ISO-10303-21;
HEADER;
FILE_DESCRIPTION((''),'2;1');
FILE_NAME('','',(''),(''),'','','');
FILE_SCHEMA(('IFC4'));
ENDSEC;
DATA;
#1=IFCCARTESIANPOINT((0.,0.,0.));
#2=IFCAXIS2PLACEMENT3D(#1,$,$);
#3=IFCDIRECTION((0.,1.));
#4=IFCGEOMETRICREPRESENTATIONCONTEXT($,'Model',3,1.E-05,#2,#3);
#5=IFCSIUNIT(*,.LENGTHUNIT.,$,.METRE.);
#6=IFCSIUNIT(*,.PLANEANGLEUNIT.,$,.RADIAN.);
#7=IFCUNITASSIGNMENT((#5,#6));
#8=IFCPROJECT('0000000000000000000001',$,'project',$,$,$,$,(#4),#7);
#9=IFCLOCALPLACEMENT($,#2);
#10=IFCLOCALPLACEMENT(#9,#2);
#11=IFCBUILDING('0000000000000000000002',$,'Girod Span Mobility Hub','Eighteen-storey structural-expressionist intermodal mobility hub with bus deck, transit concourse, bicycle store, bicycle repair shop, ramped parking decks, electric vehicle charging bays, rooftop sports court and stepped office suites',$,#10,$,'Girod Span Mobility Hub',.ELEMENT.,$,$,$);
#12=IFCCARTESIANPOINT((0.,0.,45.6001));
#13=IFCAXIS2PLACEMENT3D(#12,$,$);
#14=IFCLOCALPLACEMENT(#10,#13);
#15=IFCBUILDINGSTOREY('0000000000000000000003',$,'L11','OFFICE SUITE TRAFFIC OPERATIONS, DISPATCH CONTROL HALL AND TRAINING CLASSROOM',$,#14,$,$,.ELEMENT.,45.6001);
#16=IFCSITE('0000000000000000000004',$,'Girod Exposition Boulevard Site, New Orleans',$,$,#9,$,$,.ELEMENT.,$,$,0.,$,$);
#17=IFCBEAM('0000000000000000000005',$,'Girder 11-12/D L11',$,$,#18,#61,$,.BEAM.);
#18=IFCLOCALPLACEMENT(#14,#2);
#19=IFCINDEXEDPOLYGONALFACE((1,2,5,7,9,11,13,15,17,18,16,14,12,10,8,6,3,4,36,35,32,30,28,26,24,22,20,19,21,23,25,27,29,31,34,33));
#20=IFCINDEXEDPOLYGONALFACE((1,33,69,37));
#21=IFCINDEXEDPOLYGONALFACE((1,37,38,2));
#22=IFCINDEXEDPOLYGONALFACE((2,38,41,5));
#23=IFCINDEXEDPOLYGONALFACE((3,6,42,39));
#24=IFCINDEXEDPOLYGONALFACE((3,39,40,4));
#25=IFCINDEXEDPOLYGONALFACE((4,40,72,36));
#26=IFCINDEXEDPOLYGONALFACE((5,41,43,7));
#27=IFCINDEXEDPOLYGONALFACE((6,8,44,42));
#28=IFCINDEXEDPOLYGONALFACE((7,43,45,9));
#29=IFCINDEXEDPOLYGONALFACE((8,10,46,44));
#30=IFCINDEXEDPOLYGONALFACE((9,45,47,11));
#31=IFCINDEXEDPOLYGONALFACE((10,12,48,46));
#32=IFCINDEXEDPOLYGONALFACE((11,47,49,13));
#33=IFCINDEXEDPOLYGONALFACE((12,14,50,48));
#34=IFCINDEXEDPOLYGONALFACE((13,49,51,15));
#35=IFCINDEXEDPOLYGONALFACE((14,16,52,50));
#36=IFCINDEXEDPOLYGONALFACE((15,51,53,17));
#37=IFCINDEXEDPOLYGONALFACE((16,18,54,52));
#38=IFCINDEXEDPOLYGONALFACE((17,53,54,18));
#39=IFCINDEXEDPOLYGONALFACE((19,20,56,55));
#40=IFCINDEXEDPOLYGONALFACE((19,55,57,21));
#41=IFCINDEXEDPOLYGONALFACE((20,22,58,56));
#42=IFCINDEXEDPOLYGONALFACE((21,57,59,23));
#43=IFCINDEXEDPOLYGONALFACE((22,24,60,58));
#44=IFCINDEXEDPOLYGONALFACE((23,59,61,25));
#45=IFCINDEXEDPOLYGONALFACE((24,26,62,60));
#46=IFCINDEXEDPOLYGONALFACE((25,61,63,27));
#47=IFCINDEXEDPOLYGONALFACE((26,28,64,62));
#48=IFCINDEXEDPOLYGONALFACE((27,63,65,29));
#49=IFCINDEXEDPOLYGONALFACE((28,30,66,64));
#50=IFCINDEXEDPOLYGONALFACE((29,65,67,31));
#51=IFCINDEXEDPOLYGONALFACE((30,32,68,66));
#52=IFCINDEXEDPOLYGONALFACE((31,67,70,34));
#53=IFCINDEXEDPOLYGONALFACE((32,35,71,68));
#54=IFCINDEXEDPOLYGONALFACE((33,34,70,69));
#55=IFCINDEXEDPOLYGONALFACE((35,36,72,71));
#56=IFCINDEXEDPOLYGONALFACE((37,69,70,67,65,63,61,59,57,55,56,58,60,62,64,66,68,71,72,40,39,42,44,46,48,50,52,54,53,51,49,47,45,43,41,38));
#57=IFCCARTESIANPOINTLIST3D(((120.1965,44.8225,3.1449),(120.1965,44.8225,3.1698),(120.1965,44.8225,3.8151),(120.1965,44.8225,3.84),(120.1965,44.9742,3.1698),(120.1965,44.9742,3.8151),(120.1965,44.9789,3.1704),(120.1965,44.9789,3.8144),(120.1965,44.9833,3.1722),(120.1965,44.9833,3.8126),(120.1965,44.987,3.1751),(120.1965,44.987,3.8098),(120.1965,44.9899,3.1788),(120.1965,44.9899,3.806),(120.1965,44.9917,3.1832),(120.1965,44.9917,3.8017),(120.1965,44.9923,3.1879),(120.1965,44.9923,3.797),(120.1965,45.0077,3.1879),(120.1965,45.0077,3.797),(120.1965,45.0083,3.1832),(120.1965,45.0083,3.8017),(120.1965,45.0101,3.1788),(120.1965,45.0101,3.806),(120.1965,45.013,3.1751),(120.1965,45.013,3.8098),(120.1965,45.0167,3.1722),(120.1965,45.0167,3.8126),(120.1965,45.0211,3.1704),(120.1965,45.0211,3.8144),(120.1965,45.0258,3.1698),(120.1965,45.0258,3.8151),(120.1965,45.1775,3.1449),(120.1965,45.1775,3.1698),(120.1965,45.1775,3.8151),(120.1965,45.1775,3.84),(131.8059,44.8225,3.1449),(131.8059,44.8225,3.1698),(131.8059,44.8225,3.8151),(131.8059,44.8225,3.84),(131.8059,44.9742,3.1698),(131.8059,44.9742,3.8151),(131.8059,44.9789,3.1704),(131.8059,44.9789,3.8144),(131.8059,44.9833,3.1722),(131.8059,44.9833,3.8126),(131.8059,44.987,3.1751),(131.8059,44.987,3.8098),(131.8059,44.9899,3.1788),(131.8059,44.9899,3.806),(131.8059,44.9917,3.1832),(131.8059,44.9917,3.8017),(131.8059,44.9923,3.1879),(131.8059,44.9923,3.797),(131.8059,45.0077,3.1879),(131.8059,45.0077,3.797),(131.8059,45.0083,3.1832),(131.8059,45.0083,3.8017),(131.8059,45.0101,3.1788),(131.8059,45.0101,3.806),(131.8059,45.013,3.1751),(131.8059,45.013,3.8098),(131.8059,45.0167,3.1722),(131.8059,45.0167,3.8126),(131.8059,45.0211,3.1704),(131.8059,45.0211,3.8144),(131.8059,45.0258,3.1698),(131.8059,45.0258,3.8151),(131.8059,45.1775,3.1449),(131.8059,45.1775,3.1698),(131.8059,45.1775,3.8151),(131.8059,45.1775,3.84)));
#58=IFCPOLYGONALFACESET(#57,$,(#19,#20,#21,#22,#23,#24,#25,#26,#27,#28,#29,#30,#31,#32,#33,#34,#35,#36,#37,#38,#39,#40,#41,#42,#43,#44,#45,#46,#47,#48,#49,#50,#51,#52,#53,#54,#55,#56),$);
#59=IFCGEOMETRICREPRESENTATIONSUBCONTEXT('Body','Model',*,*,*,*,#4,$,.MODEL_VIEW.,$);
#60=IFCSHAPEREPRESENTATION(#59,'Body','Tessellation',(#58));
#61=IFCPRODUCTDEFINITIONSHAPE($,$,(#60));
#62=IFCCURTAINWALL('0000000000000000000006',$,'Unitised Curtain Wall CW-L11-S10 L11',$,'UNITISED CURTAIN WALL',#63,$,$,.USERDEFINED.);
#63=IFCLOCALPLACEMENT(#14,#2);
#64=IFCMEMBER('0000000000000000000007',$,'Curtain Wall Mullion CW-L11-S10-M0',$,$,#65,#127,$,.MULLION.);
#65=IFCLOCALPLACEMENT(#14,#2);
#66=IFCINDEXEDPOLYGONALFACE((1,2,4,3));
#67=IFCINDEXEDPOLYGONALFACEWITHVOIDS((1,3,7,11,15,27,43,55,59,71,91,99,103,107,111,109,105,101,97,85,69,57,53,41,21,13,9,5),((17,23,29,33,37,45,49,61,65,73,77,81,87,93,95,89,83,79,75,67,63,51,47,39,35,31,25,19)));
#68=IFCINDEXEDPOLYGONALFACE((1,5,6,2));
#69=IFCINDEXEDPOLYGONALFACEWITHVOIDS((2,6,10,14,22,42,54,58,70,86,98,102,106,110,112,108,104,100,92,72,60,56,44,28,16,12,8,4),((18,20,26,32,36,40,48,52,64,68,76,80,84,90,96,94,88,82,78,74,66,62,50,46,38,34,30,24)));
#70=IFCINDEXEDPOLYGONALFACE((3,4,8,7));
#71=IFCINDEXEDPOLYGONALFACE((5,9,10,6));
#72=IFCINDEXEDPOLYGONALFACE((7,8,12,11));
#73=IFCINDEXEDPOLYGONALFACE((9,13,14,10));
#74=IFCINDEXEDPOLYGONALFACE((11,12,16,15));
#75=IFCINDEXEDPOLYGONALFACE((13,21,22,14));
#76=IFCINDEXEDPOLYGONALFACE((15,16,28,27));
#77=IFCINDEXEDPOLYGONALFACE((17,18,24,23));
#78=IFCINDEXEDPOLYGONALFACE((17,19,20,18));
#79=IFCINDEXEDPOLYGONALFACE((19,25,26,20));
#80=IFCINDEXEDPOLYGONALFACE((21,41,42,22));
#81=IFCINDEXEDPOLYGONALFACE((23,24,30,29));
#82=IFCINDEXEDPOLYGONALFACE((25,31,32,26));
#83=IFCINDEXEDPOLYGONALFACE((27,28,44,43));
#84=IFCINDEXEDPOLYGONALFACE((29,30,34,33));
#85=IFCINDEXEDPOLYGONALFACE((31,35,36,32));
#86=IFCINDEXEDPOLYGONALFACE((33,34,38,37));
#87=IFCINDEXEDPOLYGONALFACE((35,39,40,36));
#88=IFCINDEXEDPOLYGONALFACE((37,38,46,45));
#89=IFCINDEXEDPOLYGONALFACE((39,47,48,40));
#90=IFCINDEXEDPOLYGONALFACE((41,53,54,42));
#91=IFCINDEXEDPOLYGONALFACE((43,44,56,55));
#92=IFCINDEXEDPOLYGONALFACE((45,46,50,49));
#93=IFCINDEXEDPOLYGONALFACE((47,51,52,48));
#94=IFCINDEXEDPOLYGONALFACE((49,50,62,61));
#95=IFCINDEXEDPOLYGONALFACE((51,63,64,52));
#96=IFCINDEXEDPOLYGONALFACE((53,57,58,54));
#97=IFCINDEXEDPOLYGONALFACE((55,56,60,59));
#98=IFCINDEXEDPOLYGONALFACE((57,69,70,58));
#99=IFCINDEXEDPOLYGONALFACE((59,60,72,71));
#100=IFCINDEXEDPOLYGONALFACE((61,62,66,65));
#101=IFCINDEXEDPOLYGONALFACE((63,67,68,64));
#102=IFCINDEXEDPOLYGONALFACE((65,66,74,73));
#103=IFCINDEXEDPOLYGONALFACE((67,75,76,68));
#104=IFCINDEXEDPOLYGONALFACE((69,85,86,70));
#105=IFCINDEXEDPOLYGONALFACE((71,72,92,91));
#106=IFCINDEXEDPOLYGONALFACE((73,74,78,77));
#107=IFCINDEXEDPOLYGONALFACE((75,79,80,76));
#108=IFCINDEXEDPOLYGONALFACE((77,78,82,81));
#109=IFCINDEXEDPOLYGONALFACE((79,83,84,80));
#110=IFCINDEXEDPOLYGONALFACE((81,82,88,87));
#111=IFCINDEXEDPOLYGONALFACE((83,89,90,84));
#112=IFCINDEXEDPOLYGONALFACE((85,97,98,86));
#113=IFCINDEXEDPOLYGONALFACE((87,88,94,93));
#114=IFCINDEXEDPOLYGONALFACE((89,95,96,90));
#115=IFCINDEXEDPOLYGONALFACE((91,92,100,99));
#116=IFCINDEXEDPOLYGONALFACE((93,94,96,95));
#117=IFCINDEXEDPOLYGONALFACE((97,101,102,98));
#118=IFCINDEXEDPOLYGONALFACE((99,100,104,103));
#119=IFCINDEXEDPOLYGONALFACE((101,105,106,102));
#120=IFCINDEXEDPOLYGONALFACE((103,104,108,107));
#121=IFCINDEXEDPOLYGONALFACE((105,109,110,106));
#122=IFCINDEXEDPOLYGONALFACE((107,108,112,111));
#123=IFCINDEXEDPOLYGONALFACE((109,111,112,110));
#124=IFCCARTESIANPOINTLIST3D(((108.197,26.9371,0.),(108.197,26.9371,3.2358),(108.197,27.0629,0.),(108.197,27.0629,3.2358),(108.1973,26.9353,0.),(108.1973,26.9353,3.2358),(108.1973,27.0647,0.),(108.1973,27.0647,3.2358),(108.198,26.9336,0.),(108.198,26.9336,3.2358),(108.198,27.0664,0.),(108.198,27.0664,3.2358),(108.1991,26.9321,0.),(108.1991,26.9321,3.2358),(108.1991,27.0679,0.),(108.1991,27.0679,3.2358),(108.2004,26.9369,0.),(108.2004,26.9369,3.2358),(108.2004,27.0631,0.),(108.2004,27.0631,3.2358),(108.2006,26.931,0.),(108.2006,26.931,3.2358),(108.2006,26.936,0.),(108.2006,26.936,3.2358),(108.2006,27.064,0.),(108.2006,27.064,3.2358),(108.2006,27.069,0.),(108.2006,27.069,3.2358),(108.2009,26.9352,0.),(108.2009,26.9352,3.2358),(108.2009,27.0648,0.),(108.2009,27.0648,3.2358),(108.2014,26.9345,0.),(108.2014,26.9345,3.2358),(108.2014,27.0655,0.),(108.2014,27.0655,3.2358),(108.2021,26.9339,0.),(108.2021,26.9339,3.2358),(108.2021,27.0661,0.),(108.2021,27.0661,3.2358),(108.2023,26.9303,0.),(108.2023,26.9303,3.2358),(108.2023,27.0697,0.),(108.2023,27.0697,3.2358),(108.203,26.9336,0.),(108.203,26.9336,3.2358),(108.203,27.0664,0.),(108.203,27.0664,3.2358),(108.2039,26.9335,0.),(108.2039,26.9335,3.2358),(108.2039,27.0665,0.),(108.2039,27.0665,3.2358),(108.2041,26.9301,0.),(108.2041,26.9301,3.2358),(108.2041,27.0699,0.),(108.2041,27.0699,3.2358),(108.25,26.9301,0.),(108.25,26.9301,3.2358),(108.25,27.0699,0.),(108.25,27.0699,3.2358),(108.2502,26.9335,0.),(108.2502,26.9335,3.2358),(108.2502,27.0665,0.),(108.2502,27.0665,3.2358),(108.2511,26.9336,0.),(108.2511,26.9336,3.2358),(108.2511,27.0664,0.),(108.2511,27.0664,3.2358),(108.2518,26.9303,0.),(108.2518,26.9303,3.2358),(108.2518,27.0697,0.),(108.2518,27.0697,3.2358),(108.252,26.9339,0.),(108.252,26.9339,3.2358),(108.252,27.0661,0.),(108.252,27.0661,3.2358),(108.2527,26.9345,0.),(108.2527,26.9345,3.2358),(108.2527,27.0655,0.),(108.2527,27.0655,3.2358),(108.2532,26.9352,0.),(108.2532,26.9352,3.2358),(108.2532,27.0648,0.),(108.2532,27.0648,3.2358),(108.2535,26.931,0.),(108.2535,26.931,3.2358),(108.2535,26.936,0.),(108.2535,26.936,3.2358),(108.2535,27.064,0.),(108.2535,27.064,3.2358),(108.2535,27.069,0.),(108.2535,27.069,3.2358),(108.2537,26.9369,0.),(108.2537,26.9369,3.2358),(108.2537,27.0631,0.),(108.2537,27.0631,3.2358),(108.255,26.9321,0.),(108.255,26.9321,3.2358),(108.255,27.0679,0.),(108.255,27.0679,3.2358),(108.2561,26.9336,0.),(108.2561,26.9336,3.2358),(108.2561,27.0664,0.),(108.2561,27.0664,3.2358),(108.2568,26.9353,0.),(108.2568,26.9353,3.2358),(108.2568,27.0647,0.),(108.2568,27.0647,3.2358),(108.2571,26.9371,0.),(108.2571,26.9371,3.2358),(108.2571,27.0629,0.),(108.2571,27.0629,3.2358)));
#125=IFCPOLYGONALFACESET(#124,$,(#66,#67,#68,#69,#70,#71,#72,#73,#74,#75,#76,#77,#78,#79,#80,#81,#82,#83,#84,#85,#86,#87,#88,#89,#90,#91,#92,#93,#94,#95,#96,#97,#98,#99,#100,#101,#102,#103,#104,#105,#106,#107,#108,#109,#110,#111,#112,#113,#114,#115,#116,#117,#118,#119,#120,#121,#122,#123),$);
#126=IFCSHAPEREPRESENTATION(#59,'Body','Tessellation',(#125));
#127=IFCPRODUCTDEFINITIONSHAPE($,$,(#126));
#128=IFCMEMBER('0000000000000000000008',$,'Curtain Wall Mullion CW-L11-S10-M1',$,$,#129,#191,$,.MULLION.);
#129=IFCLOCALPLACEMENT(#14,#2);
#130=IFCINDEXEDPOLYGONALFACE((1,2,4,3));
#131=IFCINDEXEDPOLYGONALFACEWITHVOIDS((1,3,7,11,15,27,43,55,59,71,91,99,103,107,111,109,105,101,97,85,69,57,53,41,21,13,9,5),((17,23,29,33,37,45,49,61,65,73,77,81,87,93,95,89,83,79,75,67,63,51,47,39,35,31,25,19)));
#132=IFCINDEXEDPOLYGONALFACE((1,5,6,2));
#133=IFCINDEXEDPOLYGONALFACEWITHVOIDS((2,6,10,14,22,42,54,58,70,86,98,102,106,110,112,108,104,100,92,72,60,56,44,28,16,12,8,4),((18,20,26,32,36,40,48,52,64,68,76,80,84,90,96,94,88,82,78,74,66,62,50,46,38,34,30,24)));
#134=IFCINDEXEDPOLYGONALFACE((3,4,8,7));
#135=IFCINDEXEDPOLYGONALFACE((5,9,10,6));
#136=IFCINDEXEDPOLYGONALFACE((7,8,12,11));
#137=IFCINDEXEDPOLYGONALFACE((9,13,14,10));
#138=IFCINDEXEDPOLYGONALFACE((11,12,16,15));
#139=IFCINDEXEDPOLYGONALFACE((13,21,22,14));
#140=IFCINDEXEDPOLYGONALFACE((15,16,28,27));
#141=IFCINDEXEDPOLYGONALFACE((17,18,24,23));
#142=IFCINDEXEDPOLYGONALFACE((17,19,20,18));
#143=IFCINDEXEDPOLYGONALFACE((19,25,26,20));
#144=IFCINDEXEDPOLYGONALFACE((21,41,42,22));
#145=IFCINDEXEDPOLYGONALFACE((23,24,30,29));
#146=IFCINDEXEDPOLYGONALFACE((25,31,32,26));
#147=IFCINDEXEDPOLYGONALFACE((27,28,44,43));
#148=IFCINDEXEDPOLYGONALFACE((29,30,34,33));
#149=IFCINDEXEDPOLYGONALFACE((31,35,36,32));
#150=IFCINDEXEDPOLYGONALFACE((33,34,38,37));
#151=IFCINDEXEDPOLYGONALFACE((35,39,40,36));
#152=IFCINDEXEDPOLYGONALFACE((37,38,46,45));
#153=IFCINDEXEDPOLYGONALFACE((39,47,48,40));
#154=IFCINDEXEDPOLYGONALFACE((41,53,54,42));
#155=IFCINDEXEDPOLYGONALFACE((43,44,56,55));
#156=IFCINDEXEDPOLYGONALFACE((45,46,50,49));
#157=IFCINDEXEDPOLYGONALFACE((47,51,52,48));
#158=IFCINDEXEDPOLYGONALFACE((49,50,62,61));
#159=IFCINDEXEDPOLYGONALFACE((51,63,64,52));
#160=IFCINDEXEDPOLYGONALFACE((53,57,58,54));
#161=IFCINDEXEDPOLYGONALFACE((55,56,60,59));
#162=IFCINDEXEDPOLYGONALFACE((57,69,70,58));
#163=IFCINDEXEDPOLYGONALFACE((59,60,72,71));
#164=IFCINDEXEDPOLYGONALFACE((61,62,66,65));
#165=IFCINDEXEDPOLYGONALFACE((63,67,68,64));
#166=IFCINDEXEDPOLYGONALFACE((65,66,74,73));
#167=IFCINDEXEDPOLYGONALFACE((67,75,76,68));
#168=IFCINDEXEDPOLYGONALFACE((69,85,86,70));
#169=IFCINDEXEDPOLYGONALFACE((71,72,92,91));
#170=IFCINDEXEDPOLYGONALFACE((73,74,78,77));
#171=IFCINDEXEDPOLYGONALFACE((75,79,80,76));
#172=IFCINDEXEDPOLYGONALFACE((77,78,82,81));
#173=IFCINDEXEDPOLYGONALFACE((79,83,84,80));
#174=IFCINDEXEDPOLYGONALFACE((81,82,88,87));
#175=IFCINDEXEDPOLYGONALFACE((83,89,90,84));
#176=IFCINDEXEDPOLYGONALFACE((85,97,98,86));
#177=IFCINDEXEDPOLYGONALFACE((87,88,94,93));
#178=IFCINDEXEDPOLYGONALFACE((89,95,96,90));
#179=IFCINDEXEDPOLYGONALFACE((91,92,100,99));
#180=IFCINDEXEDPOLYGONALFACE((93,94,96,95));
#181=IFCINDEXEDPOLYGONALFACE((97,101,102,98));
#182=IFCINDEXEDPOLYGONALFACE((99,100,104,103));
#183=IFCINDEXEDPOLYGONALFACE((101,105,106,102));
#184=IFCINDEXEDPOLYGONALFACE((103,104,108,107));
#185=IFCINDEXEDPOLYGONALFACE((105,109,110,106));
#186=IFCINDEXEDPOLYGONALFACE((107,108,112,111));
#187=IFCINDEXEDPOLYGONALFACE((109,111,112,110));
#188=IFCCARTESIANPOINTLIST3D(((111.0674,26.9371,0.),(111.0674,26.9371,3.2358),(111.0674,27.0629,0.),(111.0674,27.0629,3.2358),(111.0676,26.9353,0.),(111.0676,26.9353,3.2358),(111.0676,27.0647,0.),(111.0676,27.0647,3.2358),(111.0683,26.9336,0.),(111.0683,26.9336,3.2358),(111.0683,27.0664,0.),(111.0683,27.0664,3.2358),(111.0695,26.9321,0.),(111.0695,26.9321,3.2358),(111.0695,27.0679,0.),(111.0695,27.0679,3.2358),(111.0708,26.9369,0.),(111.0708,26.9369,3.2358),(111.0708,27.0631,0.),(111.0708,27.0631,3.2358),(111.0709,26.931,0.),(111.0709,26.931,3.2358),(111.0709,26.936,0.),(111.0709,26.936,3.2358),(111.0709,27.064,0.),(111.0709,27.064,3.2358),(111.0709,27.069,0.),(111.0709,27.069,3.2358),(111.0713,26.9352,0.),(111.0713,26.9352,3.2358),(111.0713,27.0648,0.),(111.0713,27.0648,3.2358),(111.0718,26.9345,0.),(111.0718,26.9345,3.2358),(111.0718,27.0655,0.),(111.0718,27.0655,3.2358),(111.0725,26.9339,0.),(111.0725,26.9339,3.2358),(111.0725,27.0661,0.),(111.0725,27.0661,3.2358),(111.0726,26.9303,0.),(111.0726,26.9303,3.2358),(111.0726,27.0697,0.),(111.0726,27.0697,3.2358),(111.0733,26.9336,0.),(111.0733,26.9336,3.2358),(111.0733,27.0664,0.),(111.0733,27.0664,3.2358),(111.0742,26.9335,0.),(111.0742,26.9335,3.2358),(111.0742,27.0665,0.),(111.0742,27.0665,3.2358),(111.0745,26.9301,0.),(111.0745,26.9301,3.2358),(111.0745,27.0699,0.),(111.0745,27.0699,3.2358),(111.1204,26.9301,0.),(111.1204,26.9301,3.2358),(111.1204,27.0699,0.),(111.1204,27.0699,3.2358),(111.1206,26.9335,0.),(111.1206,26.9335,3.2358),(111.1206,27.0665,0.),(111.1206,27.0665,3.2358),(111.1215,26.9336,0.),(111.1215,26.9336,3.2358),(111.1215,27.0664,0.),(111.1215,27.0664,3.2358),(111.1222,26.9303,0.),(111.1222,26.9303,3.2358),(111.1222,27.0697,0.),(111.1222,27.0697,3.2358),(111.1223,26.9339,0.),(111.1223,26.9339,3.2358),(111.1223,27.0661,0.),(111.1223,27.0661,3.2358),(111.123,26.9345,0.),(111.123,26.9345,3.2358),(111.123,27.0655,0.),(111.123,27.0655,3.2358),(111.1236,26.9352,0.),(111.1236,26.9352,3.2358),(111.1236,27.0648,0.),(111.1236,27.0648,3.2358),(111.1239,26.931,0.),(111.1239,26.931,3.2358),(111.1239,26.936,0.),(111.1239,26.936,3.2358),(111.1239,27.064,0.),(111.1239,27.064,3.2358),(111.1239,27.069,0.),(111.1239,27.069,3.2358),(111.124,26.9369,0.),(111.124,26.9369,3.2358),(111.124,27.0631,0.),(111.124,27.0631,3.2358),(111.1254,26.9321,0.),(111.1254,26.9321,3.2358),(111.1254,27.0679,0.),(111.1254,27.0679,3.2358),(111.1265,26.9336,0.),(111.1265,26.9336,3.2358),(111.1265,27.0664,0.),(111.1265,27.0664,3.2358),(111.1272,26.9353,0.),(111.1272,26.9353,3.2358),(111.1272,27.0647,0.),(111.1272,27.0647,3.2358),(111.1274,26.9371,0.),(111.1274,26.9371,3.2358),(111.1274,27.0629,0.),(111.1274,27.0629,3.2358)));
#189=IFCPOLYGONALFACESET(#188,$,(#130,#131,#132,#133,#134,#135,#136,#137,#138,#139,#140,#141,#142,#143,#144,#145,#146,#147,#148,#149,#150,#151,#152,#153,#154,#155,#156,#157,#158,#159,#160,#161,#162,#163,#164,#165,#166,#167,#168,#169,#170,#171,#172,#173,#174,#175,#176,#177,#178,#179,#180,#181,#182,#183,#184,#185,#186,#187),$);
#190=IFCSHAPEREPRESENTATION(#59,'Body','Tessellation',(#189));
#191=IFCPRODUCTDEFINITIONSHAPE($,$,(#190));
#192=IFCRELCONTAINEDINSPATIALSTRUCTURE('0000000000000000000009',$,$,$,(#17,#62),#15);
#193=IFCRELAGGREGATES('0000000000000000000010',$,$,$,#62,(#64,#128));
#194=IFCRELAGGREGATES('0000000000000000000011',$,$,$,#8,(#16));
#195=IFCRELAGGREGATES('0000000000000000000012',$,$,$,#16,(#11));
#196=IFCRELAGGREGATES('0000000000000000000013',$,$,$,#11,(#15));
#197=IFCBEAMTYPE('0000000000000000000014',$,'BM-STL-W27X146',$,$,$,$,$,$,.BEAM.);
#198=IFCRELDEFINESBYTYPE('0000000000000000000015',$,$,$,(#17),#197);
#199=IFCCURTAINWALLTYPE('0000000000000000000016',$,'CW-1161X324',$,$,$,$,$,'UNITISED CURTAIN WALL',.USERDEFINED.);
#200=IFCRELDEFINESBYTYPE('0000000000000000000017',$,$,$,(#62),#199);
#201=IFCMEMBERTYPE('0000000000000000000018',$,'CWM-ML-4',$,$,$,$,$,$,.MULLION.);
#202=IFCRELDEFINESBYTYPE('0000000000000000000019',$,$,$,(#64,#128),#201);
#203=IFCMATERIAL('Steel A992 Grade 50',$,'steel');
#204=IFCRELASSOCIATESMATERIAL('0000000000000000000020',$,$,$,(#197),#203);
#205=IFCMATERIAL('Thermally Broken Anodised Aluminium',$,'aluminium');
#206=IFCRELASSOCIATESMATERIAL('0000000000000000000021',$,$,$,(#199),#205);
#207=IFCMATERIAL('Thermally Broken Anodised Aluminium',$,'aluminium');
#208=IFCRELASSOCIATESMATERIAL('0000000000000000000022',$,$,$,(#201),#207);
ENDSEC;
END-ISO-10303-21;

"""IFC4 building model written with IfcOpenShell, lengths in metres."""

from ifc_helpers import new_model, si_unit, direction, frame, origin, origin_2d, place, context, subcontext, project, spatial, hollow_rectangle, i_section, extrude, material, material_profile, profile_set, type_object, element, aggregate, save


model = new_model("IFC4")

# Units and contexts
model_context = context("Model", 3, precision=1e-05, world=origin(), true_north=direction((0.0, 1.0)))
body_context = subcontext(model_context, "Body", "Model", "MODEL_VIEW")
ifc_project = project(units=[si_unit("LENGTHUNIT", "METRE"), si_unit("PLANEANGLEUNIT", "RADIAN")], contexts=[model_context])

# Site, building, storey
site_placement = place(None, origin())
site = spatial("IfcSite", under=ifc_project, at=site_placement, Name="Girod Exposition Boulevard Site, New Orleans", CompositionType="ELEMENT", RefElevation=0.0)
building_placement = place(site_placement, origin())
building = spatial("IfcBuilding", under=site, at=building_placement, Name="Girod Span Mobility Hub", Description="Eighteen-storey structural-expressionist intermodal mobility hub with bus deck, transit concourse, bicycle store, bicycle repair shop, ramped parking decks, electric vehicle charging bays, rooftop sports court and stepped office suites", LongName="Girod Span Mobility Hub", CompositionType="ELEMENT")
storey_placement = place(building_placement, frame((0.0, 0.0, 45.6001)))
storey = spatial("IfcBuildingStorey", under=building, at=storey_placement, Name="L11", Description="OFFICE SUITE TRAFFIC OPERATIONS, DISPATCH CONTROL HALL AND TRAINING CLASSROOM", CompositionType="ELEMENT", Elevation=45.6001)

# Beam
ifc_material_1 = material(Name="Steel A992 Grade 50", Category="steel")
ifc_material_profile_1 = material_profile(ifc_material_1, i_section(OverallWidth=0.355, OverallDepth=0.6951, WebThickness=0.0154, FlangeThickness=0.0249, FilletRadius=0.0181, at=origin_2d()), Name="W27X146")
ifc_profile_set_1 = profile_set([ifc_material_profile_1], Name="Steel A992 Grade 50")
beam_type_1 = type_object("IfcBeamType", Name="BM-STL-W27X146", PredefinedType="BEAM", material=ifc_profile_set_1)
beam_1_placement = place(storey_placement, frame((120.1965, 45.0, 3.4924), z_axis=(1.0, 0.0, 0.0), x_axis=(0.0, 1.0, 0.0)))
element("IfcBeam", 1, at=beam_1_placement, inside=storey, type_object=beam_type_1, Name="Girder 11-12/D L11", PredefinedType="BEAM", context=body_context, shape_type="SweptSolid", body=[
    extrude(i_section(OverallWidth=0.355, OverallDepth=0.6951, WebThickness=0.0154, FlangeThickness=0.0249, FilletRadius=0.0181, at=origin_2d()), origin(), (0.0, 0.0, 1.0), 11.6094),
])

# Curtain wall, members
ifc_material_2 = material(Name="Thermally Broken Anodised Aluminium", Category="aluminium")
curtain_wall_type = type_object("IfcCurtainWallType", Name="CW-1161X324", ElementType="UNITISED CURTAIN WALL", PredefinedType="USERDEFINED", material=ifc_material_2)
curtain_wall_1_placement = place(storey_placement, origin())
curtain_wall_1 = element("IfcCurtainWall", 2, at=curtain_wall_1_placement, inside=storey, type_object=curtain_wall_type, Name="Unitised Curtain Wall CW-L11-S10 L11", ObjectType="UNITISED CURTAIN WALL", PredefinedType="USERDEFINED")
ifc_material_3 = material(Name="Thermally Broken Anodised Aluminium", Category="aluminium")
ifc_material_profile_2 = material_profile(ifc_material_3, hollow_rectangle(XDim=0.1399, YDim=0.0601, WallThickness=0.0034, InnerFilletRadius=0.0034, OuterFilletRadius=0.0071, at=origin_2d()), Name="CW-ML-60X140")
ifc_profile_set_2 = profile_set([ifc_material_profile_2], Name="Thermally Broken Anodised Aluminium")
member_type_1 = type_object("IfcMemberType", Name="CWM-ML-4", PredefinedType="MULLION", material=ifc_profile_set_2)
member_1_placement = place(storey_placement, frame((108.2271, 27.0, 0.0), z_axis=(0.0, 0.0, 1.0), x_axis=(0.0, 1.0, 0.0)))
member_1 = element("IfcMember", 3, at=member_1_placement, type_object=member_type_1, Name="Curtain Wall Mullion CW-L11-S10-M0", PredefinedType="MULLION", context=body_context, shape_type="SweptSolid", body=[
    extrude(hollow_rectangle(XDim=0.1399, YDim=0.0601, WallThickness=0.0034, InnerFilletRadius=0.0034, OuterFilletRadius=0.0071, at=origin_2d()), origin(), (0.0, 0.0, 1.0), 3.2358),
])
member_2_placement = place(storey_placement, frame((111.0974, 27.0, 0.0), z_axis=(0.0, 0.0, 1.0), x_axis=(0.0, 1.0, 0.0)))
member_2 = element("IfcMember", 4, at=member_2_placement, type_object=member_type_1, Name="Curtain Wall Mullion CW-L11-S10-M1", PredefinedType="MULLION", context=body_context, shape_type="SweptSolid", body=[
    extrude(hollow_rectangle(XDim=0.1399, YDim=0.0601, WallThickness=0.0034, InnerFilletRadius=0.0034, OuterFilletRadius=0.0071, at=origin_2d()), origin(), (0.0, 0.0, 1.0), 3.2358),
])

aggregate(curtain_wall_1, [member_1, member_2])

save(model, "model.ifc")
